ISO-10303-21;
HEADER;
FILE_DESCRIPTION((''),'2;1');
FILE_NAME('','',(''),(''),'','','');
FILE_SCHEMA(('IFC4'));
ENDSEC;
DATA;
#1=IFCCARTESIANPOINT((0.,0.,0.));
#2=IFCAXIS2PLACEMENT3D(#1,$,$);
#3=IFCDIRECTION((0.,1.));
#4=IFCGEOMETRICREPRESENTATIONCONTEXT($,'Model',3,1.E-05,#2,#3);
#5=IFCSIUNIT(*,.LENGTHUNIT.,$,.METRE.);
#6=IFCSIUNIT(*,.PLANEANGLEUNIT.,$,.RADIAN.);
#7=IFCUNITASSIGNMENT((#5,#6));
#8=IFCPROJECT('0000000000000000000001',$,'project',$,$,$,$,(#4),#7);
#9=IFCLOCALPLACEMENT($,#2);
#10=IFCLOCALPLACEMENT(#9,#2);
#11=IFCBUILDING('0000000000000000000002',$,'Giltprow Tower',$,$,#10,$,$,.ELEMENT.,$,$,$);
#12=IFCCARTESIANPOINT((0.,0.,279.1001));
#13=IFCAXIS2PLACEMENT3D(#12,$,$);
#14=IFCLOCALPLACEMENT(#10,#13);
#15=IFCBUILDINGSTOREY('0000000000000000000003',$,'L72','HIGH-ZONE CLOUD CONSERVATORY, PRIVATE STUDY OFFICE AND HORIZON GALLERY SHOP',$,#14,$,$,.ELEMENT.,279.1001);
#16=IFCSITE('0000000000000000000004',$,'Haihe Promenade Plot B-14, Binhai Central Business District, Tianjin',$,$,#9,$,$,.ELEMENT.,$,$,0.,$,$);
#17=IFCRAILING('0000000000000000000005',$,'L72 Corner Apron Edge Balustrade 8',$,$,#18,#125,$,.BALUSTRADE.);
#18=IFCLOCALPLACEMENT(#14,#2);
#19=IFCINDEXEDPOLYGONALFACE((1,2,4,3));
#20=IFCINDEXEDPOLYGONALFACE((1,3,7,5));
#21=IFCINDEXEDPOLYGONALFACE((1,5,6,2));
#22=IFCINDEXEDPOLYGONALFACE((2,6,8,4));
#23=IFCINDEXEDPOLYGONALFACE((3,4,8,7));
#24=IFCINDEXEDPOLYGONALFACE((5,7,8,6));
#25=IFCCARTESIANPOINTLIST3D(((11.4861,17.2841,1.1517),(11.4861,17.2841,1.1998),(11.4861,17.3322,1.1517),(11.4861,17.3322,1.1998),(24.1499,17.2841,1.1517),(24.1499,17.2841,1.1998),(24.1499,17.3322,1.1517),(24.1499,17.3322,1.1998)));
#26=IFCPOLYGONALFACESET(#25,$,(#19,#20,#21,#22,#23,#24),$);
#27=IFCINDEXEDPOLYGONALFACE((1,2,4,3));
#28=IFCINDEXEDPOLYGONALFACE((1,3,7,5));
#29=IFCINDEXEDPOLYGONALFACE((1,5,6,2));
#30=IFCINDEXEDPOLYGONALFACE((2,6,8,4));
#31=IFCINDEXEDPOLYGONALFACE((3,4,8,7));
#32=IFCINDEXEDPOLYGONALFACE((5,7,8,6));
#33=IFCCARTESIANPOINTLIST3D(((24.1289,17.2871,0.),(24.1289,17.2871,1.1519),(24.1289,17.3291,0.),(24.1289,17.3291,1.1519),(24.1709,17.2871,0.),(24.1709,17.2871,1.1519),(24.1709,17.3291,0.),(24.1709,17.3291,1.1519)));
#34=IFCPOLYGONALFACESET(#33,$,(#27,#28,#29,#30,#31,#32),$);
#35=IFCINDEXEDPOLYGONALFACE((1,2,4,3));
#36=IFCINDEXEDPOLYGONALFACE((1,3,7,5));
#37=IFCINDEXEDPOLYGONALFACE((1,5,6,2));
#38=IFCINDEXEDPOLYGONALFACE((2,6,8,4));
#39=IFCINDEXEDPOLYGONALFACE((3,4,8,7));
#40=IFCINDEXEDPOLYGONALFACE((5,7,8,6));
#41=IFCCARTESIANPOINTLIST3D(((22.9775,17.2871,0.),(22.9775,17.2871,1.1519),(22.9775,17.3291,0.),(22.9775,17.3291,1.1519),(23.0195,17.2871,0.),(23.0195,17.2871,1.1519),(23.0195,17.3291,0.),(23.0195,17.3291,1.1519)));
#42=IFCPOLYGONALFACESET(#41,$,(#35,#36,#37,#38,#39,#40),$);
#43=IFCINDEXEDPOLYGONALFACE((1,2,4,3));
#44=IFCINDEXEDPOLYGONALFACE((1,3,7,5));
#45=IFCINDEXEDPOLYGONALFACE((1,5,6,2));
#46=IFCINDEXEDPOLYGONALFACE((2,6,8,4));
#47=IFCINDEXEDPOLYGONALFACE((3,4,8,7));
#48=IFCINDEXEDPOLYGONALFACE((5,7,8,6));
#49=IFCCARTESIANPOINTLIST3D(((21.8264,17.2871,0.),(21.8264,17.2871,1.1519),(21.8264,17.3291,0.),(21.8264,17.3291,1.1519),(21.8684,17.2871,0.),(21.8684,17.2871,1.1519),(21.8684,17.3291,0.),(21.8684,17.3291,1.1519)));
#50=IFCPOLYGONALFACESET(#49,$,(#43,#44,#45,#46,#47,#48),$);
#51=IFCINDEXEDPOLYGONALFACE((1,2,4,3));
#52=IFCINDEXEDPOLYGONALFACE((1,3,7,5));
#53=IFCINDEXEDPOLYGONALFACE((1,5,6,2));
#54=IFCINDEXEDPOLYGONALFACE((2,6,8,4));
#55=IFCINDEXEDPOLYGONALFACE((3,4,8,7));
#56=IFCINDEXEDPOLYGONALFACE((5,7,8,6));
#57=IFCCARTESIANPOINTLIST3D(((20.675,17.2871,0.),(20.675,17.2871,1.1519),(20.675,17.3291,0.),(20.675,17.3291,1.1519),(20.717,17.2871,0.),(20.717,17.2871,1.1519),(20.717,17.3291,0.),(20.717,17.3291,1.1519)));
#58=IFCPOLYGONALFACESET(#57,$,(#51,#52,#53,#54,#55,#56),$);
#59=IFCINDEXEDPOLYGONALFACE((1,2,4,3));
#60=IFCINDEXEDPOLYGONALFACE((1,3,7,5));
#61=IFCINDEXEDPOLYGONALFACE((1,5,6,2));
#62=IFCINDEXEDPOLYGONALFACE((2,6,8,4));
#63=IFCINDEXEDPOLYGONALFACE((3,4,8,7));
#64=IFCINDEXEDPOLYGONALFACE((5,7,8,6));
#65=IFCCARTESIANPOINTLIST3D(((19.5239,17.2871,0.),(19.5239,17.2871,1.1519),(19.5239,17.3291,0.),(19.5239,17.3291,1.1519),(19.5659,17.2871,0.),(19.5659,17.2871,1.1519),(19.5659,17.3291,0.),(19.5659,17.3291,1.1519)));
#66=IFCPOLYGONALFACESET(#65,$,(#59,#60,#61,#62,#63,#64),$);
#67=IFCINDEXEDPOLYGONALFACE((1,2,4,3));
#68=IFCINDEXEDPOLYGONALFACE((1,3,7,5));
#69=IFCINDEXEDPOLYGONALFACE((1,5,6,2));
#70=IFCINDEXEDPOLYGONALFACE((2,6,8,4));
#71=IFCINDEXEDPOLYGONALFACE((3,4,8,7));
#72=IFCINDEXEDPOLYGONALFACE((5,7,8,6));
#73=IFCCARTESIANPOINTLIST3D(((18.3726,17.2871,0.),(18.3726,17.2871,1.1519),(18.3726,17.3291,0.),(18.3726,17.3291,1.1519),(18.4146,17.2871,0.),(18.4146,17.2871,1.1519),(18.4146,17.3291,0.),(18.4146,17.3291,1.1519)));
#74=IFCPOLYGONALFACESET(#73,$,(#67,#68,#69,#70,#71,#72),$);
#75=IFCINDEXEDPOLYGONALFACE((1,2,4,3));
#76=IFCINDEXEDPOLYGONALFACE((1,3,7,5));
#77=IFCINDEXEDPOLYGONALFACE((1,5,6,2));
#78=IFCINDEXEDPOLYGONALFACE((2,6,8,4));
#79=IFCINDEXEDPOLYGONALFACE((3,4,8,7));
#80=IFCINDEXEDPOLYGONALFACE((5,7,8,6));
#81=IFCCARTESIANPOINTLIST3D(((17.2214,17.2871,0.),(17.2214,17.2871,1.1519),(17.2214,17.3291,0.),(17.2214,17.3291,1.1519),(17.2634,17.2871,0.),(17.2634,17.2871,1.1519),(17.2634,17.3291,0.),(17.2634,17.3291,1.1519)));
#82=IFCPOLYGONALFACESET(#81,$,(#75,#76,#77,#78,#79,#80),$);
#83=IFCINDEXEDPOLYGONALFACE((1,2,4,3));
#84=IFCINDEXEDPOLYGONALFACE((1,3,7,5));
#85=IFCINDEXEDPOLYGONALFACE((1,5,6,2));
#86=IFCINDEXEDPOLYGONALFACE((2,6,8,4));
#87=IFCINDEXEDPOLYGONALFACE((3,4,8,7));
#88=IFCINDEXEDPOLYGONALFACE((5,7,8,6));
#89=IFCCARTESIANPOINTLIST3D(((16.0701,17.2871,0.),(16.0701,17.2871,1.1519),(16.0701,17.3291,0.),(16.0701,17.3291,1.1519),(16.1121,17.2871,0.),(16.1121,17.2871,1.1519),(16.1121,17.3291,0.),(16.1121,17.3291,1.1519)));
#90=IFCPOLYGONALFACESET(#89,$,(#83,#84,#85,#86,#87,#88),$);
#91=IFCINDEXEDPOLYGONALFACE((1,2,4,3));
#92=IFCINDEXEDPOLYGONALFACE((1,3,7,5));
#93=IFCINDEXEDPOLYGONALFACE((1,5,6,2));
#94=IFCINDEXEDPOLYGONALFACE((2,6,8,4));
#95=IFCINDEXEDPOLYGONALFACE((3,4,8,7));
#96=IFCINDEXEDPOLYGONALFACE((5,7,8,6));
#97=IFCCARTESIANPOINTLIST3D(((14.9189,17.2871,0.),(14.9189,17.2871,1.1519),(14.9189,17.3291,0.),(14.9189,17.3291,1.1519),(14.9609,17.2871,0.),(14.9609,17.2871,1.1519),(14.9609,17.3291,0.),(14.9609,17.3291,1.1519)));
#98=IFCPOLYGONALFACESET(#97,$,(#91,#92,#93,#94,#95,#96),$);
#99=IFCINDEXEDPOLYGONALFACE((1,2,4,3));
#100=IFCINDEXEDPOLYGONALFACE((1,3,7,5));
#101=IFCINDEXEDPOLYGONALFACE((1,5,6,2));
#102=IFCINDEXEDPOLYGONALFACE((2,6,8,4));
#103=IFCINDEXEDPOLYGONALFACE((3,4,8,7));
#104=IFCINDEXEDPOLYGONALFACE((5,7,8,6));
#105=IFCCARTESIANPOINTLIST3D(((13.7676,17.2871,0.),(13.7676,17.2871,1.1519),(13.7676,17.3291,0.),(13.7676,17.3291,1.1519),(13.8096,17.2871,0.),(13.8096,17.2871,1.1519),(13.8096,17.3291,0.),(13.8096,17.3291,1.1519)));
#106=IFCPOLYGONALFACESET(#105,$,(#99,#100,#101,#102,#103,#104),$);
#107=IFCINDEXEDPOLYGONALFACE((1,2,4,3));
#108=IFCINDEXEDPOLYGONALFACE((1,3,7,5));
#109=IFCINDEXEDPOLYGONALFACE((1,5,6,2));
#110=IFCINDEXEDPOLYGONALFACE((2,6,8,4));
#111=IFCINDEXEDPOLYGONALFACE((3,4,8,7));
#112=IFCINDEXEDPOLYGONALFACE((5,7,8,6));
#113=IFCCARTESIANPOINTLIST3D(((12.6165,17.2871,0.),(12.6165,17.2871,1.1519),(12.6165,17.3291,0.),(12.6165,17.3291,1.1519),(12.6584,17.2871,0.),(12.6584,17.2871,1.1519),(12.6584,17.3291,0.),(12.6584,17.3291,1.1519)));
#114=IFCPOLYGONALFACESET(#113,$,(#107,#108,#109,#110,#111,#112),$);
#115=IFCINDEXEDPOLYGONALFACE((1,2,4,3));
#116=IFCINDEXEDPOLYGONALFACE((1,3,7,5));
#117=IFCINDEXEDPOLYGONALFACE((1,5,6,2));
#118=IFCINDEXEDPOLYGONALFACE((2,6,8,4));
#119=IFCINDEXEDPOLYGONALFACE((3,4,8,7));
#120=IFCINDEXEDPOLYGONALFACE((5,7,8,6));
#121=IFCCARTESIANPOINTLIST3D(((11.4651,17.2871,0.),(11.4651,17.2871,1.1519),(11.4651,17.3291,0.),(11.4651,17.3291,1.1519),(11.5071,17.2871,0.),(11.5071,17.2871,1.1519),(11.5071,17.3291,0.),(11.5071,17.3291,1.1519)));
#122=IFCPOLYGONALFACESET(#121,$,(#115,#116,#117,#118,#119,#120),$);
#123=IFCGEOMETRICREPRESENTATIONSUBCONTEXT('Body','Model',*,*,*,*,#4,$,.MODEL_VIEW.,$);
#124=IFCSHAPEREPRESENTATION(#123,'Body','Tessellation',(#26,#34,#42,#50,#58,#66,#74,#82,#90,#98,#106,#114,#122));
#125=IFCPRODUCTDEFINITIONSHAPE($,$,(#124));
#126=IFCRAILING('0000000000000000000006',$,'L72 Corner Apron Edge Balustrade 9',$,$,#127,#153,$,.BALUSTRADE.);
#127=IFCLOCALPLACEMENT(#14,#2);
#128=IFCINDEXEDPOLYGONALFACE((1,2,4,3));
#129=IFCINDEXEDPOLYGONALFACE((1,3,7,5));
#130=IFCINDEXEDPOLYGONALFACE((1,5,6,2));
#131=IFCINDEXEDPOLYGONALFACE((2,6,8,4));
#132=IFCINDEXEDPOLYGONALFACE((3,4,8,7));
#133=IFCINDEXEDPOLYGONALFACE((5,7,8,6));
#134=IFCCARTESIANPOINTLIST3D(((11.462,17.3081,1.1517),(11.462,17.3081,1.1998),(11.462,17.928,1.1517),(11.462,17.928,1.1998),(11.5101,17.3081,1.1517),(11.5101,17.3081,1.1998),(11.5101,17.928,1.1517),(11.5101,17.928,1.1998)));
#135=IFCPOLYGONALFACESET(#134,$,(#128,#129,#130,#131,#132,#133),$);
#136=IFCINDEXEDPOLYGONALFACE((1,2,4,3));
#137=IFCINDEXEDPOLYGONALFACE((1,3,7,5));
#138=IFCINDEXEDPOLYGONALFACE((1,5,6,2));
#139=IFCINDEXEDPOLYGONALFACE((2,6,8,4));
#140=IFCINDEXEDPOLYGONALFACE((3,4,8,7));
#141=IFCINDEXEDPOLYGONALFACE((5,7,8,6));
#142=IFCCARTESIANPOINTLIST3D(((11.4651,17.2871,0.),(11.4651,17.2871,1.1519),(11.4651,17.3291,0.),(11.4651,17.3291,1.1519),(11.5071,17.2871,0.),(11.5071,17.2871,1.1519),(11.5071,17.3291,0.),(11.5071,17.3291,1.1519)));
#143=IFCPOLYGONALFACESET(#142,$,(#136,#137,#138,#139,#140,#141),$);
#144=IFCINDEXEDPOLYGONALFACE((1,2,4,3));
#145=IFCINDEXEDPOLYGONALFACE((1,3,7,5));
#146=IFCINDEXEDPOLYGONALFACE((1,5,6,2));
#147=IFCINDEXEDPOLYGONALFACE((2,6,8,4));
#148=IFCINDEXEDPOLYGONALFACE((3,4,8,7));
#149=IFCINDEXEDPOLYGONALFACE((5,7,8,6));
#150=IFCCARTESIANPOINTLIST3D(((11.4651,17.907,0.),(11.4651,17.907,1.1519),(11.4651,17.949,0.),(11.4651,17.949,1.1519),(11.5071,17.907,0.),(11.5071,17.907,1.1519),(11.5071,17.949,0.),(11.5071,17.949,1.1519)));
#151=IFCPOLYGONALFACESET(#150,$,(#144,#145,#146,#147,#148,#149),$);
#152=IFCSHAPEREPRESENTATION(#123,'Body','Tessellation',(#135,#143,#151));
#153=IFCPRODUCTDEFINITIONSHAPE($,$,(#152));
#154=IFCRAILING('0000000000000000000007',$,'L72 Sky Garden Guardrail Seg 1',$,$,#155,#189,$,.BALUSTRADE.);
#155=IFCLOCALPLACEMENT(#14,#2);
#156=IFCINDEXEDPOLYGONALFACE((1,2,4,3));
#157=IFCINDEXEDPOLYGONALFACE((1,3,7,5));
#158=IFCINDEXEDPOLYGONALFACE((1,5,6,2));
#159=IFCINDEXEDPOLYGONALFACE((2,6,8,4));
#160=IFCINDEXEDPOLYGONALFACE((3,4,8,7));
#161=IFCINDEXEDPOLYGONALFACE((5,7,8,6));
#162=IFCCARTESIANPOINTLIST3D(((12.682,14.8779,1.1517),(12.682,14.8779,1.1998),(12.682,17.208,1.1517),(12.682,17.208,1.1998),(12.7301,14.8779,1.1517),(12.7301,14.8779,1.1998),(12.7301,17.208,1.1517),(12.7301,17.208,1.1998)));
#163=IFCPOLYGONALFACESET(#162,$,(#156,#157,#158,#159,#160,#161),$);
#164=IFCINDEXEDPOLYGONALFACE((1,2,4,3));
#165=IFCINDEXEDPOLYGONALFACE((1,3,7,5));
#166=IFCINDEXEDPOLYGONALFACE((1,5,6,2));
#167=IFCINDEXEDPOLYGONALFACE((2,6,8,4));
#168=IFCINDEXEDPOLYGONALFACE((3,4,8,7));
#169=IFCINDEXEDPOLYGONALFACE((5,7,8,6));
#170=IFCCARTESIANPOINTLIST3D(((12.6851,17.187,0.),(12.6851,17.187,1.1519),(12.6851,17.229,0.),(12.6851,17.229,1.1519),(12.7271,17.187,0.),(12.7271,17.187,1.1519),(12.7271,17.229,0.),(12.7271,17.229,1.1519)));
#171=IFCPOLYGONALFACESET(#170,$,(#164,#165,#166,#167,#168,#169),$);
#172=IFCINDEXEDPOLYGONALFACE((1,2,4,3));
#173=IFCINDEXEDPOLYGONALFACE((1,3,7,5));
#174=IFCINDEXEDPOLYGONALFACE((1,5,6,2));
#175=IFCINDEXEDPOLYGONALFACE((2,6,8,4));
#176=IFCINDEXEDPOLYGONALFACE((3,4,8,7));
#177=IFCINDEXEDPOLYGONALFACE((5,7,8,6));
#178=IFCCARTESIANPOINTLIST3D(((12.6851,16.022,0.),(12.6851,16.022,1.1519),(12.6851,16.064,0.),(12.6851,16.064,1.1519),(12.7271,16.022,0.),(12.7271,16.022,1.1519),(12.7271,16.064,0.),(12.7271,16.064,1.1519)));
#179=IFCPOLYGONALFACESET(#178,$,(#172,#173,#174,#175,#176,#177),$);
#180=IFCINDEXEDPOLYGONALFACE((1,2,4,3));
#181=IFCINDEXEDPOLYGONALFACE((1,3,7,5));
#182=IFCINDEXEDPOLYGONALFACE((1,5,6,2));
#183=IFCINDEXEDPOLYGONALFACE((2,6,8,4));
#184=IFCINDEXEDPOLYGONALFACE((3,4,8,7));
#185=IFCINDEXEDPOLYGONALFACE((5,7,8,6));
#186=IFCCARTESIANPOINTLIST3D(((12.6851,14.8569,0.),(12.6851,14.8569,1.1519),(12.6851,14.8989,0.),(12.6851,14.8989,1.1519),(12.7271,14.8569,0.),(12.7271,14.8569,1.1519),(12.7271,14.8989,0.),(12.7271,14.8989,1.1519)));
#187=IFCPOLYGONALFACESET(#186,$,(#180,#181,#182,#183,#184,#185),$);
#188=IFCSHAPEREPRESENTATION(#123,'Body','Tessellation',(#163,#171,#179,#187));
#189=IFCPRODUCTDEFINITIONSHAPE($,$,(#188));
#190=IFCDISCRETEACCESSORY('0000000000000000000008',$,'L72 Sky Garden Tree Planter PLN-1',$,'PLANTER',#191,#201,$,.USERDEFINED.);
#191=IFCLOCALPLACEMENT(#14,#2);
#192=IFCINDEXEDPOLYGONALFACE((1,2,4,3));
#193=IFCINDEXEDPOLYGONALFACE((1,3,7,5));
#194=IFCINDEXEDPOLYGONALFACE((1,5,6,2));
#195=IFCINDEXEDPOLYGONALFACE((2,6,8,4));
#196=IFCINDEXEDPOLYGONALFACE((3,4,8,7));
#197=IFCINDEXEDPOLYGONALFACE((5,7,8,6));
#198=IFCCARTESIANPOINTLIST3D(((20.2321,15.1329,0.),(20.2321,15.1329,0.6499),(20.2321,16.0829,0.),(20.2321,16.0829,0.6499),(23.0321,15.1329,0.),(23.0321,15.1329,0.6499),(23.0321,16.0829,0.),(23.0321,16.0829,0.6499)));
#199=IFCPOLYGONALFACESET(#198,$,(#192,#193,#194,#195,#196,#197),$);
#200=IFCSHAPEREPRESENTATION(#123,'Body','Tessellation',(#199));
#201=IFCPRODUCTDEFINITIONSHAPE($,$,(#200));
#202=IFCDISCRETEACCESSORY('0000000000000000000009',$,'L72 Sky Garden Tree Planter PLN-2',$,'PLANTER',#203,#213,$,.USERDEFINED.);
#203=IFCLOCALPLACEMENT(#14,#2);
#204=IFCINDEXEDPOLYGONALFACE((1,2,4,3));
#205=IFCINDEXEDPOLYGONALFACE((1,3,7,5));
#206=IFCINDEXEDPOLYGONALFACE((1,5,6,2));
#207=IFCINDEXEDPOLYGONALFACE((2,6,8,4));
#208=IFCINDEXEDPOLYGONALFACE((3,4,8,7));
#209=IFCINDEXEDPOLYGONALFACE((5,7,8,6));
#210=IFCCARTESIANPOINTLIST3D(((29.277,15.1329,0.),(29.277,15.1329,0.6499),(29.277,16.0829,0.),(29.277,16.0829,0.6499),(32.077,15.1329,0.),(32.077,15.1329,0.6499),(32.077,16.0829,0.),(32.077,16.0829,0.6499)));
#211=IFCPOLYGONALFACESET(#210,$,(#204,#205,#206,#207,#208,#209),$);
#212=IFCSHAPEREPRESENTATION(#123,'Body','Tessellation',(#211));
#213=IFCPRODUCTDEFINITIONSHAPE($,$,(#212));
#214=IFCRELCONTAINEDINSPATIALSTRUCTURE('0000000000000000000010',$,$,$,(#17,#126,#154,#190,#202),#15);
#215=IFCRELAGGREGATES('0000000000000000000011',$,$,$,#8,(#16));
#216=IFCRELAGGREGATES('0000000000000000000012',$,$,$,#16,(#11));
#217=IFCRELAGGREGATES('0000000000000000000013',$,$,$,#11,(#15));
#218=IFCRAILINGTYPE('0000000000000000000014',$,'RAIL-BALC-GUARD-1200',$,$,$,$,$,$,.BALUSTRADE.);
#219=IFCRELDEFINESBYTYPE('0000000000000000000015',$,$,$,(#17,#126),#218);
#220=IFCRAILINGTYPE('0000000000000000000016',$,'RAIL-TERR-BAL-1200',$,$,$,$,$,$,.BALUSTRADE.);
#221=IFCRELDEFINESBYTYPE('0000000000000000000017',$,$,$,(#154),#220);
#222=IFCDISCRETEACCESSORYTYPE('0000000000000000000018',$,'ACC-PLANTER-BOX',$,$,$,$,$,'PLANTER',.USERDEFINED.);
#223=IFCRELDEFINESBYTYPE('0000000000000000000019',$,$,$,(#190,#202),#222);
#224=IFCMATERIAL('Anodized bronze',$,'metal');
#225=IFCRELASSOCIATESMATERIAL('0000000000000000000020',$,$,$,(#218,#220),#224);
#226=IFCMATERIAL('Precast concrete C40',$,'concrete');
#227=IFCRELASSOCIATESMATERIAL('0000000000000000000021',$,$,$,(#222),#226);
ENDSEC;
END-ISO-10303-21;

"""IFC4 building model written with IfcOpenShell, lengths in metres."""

from ifc_helpers import new_model, si_unit, direction, frame, origin, origin_2d, place, context, subcontext, project, spatial, rectangle, extrude, source, transform, mapped, material, type_object, element, save


model = new_model("IFC4")

# Units and contexts
model_context = context("Model", 3, precision=1e-05, world=origin(), true_north=direction((0.0, 1.0)))
body_context = subcontext(model_context, "Body", "Model", "MODEL_VIEW")
ifc_project = project(units=[si_unit("LENGTHUNIT", "METRE"), si_unit("PLANEANGLEUNIT", "RADIAN")], contexts=[model_context])

# Site, building, storey
site_placement = place(None, origin())
site = spatial("IfcSite", under=ifc_project, at=site_placement, Name="Haihe Promenade Plot B-14, Binhai Central Business District, Tianjin", CompositionType="ELEMENT", RefElevation=0.0)
building_placement = place(site_placement, origin())
building = spatial("IfcBuilding", under=site, at=building_placement, Name="Giltprow Tower", CompositionType="ELEMENT")
storey_placement = place(building_placement, frame((0.0, 0.0, 279.1001)))
storey = spatial("IfcBuildingStorey", under=building, at=storey_placement, Name="L72", Description="HIGH-ZONE CLOUD CONSERVATORY, PRIVATE STUDY OFFICE AND HORIZON GALLERY SHOP", CompositionType="ELEMENT", Elevation=279.1001)

# Shared definitions
ifc_material_1 = material(Name="Anodized bronze", Category="metal")

# Railings
railing_type_1 = type_object("IfcRailingType", Name="RAIL-BALC-GUARD-1200", PredefinedType="BALUSTRADE", material=ifc_material_1)
railing_1_placement = place(storey_placement, frame((24.1499, 17.3081, 0.0)))
element("IfcRailing", 1, at=railing_1_placement, inside=storey, type_object=railing_type_1, Name="L72 Corner Apron Edge Balustrade 8", PredefinedType="BALUSTRADE", context=body_context, shape_type="SweptSolid", body=[
    extrude(rectangle(XDim=0.0481, YDim=0.0481, at=origin_2d()), frame((0.0, 0.0, 1.1758), z_axis=(-1.0, 0.0, 0.0), x_axis=(0.0, -1.0, 0.0)), (0.0, 0.0, 1.0), 12.6638),
    extrude(rectangle(XDim=0.042, YDim=0.042, at=origin_2d()), origin(), (0.0, 0.0, 1.0), 1.1519),
    extrude(rectangle(XDim=0.042, YDim=0.042, at=origin_2d()), frame((-1.1514, 0.0, 0.0)), (0.0, 0.0, 1.0), 1.1519),
    extrude(rectangle(XDim=0.042, YDim=0.042, at=origin_2d()), frame((-2.3025, 0.0, 0.0)), (0.0, 0.0, 1.0), 1.1519),
    extrude(rectangle(XDim=0.042, YDim=0.042, at=origin_2d()), frame((-3.4539, 0.0, 0.0)), (0.0, 0.0, 1.0), 1.1519),
    extrude(rectangle(XDim=0.042, YDim=0.042, at=origin_2d()), frame((-4.605, 0.0, 0.0)), (0.0, 0.0, 1.0), 1.1519),
    extrude(rectangle(XDim=0.042, YDim=0.042, at=origin_2d()), frame((-5.7563, 0.0, 0.0)), (0.0, 0.0, 1.0), 1.1519),
    extrude(rectangle(XDim=0.042, YDim=0.042, at=origin_2d()), frame((-6.9075, 0.0, 0.0)), (0.0, 0.0, 1.0), 1.1519),
    extrude(rectangle(XDim=0.042, YDim=0.042, at=origin_2d()), frame((-8.0588, 0.0, 0.0)), (0.0, 0.0, 1.0), 1.1519),
    extrude(rectangle(XDim=0.042, YDim=0.042, at=origin_2d()), frame((-9.21, 0.0, 0.0)), (0.0, 0.0, 1.0), 1.1519),
    extrude(rectangle(XDim=0.042, YDim=0.042, at=origin_2d()), frame((-10.3613, 0.0, 0.0)), (0.0, 0.0, 1.0), 1.1519),
    extrude(rectangle(XDim=0.042, YDim=0.042, at=origin_2d()), frame((-11.5125, 0.0, 0.0)), (0.0, 0.0, 1.0), 1.1519),
    extrude(rectangle(XDim=0.042, YDim=0.042, at=origin_2d()), frame((-12.6638, 0.0, 0.0)), (0.0, 0.0, 1.0), 1.1519),
])
railing_2_placement = place(storey_placement, frame((11.4861, 17.3081, 0.0)))
element("IfcRailing", 2, at=railing_2_placement, inside=storey, type_object=railing_type_1, Name="L72 Corner Apron Edge Balustrade 9", PredefinedType="BALUSTRADE", context=body_context, shape_type="SweptSolid", body=[
    extrude(rectangle(XDim=0.0481, YDim=0.0481, at=origin_2d()), frame((0.0, 0.0, 1.1758), z_axis=(0.0, 1.0, 0.0), x_axis=(-1.0, 0.0, 0.0)), (0.0, 0.0, 1.0), 0.6199),
    extrude(rectangle(XDim=0.042, YDim=0.042, at=origin_2d()), origin(), (0.0, 0.0, 1.0), 1.1519),
    extrude(rectangle(XDim=0.042, YDim=0.042, at=origin_2d()), frame((0.0, 0.6199, 0.0)), (0.0, 0.0, 1.0), 1.1519),
])
railing_type_2 = type_object("IfcRailingType", Name="RAIL-TERR-BAL-1200", PredefinedType="BALUSTRADE", material=ifc_material_1)
railing_3_placement = place(storey_placement, frame((12.7061, 17.208, 0.0)))
element("IfcRailing", 3, at=railing_3_placement, inside=storey, type_object=railing_type_2, Name="L72 Sky Garden Guardrail Seg 1", PredefinedType="BALUSTRADE", context=body_context, shape_type="SweptSolid", body=[
    extrude(rectangle(XDim=0.0481, YDim=0.0481, at=origin_2d()), frame((0.0, 0.0, 1.1758), z_axis=(0.0, -1.0, 0.0), x_axis=(1.0, 0.0, 0.0)), (0.0, 0.0, 1.0), 2.3301),
    extrude(rectangle(XDim=0.042, YDim=0.042, at=origin_2d()), origin(), (0.0, 0.0, 1.0), 1.1519),
    extrude(rectangle(XDim=0.042, YDim=0.042, at=origin_2d()), frame((0.0, -1.165, 0.0)), (0.0, 0.0, 1.0), 1.1519),
    extrude(rectangle(XDim=0.042, YDim=0.042, at=origin_2d()), frame((0.0, -2.3301, 0.0)), (0.0, 0.0, 1.0), 1.1519),
])

# Discrete accessories
ifc_material_2 = material(Name="Precast concrete C40", Category="concrete")
discrete_accessory_type = type_object("IfcDiscreteAccessoryType", Name="ACC-PLANTER-BOX", ElementType="PLANTER", PredefinedType="USERDEFINED", material=ifc_material_2)
shared_shape_1 = source(origin(), body_context, "Body", "SweptSolid", [
    extrude(rectangle(XDim=2.8, YDim=0.95, at=origin_2d()), origin(), (0.0, 0.0, 1.0), 0.6499),
])
for number, where, z_axis, x_axis, name in (
    (4, (21.6321, 15.6079, 0.0), (0.0, 0.0, 1.0), (1.0, 0.0, 0.0), "L72 Sky Garden Tree Planter PLN-1"),
    (5, (30.677, 15.6079, 0.0), (0.0, 0.0, 1.0), (1.0, 0.0, 0.0), "L72 Sky Garden Tree Planter PLN-2"),
):
    element("IfcDiscreteAccessory", number, at=place(storey_placement, frame(where, z_axis=z_axis, x_axis=x_axis)), inside=storey, type_object=discrete_accessory_type, Name=name, ObjectType="PLANTER", PredefinedType="USERDEFINED", context=body_context, shape_type="MappedRepresentation", body=[
        mapped(shared_shape_1, transform((0.0, 0.0, 0.0), x_axis=(1.0, 0.0, 0.0), y_axis=(0.0, 1.0, 0.0), z_axis=(0.0, 0.0, 1.0), scale=1.0)),
    ])

save(model, "model.ifc")
